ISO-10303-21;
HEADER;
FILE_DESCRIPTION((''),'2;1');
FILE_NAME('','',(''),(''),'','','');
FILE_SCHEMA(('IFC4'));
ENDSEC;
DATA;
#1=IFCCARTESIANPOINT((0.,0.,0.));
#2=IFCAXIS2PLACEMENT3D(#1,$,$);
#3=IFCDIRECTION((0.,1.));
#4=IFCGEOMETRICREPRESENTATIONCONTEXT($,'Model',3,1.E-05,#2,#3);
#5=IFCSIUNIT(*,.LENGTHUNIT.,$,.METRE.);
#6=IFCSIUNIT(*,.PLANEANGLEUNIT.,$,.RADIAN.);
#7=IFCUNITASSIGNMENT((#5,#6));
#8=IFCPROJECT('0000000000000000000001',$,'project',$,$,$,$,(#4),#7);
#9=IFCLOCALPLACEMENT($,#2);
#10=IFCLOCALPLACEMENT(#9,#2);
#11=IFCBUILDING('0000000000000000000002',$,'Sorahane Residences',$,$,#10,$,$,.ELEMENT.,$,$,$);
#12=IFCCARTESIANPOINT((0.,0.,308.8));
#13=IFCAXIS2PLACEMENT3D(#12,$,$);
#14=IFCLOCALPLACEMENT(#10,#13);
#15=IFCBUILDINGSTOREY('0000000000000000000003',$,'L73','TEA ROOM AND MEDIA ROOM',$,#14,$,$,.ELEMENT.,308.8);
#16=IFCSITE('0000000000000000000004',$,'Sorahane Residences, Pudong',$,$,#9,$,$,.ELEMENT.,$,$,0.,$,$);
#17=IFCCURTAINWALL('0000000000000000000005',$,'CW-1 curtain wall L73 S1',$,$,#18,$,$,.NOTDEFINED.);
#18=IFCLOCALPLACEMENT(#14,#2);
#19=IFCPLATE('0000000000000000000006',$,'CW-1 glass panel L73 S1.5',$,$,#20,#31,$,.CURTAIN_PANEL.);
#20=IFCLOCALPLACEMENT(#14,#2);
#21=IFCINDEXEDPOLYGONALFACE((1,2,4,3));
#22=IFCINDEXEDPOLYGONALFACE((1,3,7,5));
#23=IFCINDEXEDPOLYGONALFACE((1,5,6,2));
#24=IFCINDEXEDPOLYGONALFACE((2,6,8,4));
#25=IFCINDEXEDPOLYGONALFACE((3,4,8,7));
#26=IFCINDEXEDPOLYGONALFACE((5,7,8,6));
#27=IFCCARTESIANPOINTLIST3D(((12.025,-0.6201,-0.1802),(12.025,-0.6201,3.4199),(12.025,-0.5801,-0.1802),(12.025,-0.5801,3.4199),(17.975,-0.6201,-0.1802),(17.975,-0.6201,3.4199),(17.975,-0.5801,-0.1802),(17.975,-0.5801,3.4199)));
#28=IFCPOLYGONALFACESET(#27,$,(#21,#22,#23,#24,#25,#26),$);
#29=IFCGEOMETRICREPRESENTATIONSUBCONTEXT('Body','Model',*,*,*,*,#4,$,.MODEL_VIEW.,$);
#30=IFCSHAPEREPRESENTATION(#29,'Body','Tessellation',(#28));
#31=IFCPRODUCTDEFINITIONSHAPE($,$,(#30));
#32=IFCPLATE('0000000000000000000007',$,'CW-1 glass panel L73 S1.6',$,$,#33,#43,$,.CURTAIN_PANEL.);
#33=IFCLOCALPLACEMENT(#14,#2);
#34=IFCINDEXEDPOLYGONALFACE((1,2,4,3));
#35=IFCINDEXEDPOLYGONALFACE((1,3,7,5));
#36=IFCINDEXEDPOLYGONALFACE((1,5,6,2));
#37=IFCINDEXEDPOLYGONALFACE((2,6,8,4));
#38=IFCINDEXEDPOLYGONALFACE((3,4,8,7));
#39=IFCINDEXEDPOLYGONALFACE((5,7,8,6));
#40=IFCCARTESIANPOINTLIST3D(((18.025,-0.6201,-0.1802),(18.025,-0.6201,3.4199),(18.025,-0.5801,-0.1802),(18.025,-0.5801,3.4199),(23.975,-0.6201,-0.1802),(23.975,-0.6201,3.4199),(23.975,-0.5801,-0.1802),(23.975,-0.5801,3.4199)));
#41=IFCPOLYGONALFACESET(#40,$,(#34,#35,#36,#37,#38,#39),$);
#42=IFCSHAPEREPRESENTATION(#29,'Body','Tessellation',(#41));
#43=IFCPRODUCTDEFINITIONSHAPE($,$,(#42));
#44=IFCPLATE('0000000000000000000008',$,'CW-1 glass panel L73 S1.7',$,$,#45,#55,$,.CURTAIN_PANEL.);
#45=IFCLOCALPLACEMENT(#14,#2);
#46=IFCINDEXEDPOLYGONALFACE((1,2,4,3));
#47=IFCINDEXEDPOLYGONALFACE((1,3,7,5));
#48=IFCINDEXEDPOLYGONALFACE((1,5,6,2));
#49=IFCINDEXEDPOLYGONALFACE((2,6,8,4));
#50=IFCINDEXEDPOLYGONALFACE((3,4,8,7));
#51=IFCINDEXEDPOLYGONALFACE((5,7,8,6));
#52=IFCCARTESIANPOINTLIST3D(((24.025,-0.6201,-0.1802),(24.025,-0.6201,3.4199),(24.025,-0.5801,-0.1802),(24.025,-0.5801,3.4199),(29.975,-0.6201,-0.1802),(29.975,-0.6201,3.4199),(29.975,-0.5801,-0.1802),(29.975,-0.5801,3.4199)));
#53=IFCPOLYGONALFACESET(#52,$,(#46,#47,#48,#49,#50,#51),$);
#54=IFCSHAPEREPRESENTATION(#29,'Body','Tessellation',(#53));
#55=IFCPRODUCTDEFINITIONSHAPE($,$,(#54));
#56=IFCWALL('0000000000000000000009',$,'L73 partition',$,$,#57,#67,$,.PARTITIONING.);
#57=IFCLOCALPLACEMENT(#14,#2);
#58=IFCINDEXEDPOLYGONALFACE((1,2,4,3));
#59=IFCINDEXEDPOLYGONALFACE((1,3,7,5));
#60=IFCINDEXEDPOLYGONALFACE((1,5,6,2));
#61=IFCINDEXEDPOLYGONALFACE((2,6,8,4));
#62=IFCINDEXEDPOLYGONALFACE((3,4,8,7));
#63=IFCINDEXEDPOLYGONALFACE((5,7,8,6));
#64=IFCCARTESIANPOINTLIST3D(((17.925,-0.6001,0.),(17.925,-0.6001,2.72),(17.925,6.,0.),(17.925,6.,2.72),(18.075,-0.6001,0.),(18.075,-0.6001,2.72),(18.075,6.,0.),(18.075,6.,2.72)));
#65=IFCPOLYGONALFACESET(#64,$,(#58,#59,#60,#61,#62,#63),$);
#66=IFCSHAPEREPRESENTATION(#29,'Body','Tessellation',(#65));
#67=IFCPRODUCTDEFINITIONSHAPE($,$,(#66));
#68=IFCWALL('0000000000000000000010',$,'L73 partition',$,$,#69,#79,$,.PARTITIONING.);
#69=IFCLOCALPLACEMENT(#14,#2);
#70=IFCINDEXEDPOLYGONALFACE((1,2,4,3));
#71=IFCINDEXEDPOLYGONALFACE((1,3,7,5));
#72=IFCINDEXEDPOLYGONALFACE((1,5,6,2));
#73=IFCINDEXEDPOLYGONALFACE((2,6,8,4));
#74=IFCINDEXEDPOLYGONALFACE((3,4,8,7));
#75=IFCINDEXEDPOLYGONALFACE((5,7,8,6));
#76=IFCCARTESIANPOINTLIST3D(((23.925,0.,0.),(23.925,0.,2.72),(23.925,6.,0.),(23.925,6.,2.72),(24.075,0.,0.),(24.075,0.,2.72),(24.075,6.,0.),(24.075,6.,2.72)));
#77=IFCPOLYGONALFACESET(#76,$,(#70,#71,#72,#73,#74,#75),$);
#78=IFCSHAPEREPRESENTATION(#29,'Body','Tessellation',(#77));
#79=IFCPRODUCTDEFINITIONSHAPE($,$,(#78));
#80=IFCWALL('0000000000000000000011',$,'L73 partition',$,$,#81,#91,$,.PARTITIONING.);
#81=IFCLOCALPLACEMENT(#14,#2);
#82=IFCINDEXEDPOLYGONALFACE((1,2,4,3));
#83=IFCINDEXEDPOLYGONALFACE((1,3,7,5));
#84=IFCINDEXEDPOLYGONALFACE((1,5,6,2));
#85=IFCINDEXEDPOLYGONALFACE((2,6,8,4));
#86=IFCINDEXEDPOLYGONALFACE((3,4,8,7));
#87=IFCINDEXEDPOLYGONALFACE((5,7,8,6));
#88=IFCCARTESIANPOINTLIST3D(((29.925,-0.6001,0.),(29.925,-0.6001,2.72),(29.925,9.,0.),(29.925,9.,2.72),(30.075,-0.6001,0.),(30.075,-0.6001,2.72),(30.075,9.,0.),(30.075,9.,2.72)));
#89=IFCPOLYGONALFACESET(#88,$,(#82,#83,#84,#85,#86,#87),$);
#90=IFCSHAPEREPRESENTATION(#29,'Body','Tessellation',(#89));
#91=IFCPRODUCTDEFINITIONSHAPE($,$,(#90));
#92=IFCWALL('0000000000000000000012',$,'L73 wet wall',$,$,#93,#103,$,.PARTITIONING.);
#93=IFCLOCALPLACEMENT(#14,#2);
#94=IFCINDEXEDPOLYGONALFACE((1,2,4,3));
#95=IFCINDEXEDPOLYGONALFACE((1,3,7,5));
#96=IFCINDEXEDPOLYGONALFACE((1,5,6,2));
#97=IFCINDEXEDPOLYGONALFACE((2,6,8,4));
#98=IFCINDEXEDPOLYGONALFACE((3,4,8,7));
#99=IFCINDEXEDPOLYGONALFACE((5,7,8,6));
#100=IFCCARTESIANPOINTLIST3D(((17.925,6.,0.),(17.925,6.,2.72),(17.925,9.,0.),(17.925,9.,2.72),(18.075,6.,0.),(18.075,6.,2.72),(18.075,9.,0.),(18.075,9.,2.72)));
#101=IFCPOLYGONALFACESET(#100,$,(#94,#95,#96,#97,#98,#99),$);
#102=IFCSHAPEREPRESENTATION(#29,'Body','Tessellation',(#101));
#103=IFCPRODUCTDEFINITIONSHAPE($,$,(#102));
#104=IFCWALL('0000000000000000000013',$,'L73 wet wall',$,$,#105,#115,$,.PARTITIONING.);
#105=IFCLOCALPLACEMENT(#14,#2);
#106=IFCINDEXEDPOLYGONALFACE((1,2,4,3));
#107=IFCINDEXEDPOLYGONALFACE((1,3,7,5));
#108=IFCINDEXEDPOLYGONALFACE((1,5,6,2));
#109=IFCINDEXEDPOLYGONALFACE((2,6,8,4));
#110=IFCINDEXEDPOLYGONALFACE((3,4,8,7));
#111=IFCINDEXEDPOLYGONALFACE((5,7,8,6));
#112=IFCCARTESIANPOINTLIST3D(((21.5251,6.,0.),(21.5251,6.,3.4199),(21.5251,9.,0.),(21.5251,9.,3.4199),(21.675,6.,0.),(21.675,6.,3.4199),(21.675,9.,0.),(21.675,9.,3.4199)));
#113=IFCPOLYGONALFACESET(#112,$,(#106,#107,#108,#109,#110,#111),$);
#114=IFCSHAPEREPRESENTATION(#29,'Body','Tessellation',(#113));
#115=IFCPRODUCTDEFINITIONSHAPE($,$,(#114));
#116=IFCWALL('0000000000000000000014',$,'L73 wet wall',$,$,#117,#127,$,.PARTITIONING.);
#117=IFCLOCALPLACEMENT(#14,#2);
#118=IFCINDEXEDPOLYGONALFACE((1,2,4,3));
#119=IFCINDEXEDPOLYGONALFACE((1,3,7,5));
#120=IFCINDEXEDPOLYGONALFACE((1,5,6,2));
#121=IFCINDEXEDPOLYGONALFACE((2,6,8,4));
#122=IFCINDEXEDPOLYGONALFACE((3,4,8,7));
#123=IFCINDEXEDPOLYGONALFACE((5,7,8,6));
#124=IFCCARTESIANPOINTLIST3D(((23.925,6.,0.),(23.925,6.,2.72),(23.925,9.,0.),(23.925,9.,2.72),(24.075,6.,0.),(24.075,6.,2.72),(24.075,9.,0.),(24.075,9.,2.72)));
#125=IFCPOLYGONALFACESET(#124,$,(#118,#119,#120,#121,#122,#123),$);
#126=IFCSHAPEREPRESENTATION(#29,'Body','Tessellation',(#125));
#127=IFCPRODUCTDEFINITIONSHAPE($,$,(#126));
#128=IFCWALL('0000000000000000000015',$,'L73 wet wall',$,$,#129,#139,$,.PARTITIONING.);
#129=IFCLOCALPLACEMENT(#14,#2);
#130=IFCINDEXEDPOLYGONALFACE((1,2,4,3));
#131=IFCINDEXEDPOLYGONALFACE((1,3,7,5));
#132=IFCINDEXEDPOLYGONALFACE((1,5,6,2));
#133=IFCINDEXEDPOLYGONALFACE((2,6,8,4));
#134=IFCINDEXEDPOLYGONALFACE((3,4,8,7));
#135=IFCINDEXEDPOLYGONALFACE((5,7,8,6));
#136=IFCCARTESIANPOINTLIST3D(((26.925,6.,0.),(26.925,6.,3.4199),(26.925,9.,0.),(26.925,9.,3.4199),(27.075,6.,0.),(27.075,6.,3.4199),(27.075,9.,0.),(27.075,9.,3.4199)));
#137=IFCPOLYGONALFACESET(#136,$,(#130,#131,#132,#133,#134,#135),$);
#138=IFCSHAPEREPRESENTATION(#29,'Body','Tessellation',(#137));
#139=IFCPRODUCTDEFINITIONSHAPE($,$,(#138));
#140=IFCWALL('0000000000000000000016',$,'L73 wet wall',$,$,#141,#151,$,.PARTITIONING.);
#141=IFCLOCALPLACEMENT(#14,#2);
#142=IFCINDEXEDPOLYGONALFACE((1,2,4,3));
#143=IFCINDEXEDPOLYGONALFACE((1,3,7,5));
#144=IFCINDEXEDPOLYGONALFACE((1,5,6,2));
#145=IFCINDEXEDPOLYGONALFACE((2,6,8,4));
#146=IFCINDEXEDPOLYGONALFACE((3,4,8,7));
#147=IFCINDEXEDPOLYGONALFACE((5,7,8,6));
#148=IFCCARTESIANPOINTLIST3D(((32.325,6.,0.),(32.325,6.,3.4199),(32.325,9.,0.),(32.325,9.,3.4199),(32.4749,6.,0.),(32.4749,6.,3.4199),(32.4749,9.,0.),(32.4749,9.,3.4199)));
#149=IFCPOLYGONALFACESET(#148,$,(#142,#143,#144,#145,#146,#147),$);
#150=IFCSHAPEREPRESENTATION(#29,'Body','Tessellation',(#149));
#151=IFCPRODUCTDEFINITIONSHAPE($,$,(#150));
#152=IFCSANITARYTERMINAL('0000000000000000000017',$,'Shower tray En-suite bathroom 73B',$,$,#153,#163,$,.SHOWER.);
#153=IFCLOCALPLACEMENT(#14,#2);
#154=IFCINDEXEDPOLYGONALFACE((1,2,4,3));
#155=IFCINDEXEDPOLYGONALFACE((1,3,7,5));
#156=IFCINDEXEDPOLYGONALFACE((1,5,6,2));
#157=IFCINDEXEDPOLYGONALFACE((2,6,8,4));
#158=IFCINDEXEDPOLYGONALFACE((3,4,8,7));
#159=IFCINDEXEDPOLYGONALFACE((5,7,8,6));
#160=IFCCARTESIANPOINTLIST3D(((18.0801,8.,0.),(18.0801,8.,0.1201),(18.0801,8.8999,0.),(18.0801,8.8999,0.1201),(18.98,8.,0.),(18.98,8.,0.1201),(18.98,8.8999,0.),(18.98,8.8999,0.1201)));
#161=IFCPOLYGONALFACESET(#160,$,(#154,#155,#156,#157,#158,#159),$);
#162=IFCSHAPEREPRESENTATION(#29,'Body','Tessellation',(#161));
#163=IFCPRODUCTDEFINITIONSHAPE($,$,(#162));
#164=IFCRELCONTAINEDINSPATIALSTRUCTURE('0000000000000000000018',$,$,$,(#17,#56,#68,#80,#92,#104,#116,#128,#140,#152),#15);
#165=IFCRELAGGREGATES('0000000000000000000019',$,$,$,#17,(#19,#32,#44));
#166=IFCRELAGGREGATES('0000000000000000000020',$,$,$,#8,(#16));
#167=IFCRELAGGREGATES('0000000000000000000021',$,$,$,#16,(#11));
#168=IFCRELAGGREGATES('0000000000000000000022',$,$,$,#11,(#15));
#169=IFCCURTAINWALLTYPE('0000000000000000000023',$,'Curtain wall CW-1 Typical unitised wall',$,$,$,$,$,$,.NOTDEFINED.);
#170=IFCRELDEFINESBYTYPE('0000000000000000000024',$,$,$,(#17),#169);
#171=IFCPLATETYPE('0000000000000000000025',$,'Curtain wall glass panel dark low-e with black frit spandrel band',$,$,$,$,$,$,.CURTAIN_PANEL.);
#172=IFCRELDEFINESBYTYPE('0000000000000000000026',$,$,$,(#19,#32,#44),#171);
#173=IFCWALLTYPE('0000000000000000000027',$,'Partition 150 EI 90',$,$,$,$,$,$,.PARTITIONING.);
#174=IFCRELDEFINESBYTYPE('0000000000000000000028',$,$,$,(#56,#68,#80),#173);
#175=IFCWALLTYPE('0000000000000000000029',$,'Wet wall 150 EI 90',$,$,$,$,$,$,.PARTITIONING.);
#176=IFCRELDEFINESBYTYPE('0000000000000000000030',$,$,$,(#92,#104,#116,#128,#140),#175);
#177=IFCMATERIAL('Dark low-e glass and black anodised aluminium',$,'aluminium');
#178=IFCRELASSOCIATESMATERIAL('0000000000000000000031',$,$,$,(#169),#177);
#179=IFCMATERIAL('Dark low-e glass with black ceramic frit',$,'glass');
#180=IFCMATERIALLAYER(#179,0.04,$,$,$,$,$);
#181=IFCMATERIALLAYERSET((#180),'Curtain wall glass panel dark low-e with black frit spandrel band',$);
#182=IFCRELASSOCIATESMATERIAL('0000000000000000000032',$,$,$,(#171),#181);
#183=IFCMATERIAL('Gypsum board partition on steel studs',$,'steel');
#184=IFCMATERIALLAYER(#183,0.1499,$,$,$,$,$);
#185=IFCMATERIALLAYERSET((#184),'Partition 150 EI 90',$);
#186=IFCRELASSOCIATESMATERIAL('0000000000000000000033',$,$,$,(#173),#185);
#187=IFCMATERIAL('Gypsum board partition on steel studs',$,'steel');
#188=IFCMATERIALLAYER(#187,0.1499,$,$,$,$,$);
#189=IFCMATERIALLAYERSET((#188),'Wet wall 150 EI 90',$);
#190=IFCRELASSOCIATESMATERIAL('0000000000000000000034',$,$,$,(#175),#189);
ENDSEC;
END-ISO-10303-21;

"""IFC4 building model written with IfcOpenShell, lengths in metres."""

from ifc_helpers import new_model, si_unit, direction, frame, frame_2d, origin, origin_2d, place, context, subcontext, project, spatial, rectangle, extrude, material, layer, layer_set, type_object, element, aggregate, save


model = new_model("IFC4")

# Units and contexts
model_context = context("Model", 3, precision=1e-05, world=origin(), true_north=direction((0.0, 1.0)))
body_context = subcontext(model_context, "Body", "Model", "MODEL_VIEW")
ifc_project = project(units=[si_unit("LENGTHUNIT", "METRE"), si_unit("PLANEANGLEUNIT", "RADIAN")], contexts=[model_context])

# Site, building, storey
site_placement = place(None, origin())
site = spatial("IfcSite", under=ifc_project, at=site_placement, Name="Sorahane Residences, Pudong", CompositionType="ELEMENT", RefElevation=0.0)
building_placement = place(site_placement, origin())
building = spatial("IfcBuilding", under=site, at=building_placement, Name="Sorahane Residences", CompositionType="ELEMENT")
storey_placement = place(building_placement, frame((0.0, 0.0, 308.8)))
storey = spatial("IfcBuildingStorey", under=building, at=storey_placement, Name="L73", Description="TEA ROOM AND MEDIA ROOM", CompositionType="ELEMENT", Elevation=308.8)

# Curtain wall
ifc_material_1 = material(Name="Dark low-e glass and black anodised aluminium", Category="aluminium")
curtain_wall_type = type_object("IfcCurtainWallType", Name="Curtain wall CW-1 Typical unitised wall", PredefinedType="NOTDEFINED", material=ifc_material_1)
curtain_wall_placement = place(storey_placement, origin())
curtain_wall = element("IfcCurtainWall", 1, at=curtain_wall_placement, inside=storey, type_object=curtain_wall_type, Name="CW-1 curtain wall L73 S1", PredefinedType="NOTDEFINED")

# Plates
ifc_material_2 = material(Name="Dark low-e glass with black ceramic frit", Category="glass")
ifc_layer_1 = layer(ifc_material_2, 0.04)
ifc_layer_set_1 = layer_set([ifc_layer_1], Name="Curtain wall glass panel dark low-e with black frit spandrel band")
plate_type = type_object("IfcPlateType", Name="Curtain wall glass panel dark low-e with black frit spandrel band", PredefinedType="CURTAIN_PANEL", material=ifc_layer_set_1)
plate_1_placement = place(storey_placement, frame((15.0, -0.6001, -0.1802), z_axis=(0.0, 0.0, 1.0), x_axis=(1.0, 0.0, 0.0)))
plate_1 = element("IfcPlate", 2, at=plate_1_placement, type_object=plate_type, Name="CW-1 glass panel L73 S1.5", PredefinedType="CURTAIN_PANEL", context=body_context, shape_type="SweptSolid", body=[
    extrude(rectangle(XDim=5.95, YDim=0.04, at=origin_2d()), origin(), (0.0, 0.0, 1.0), 3.6001),
])
plate_2_placement = place(storey_placement, frame((21.0, -0.6001, -0.1802), z_axis=(0.0, 0.0, 1.0), x_axis=(1.0, 0.0, 0.0)))
plate_2 = element("IfcPlate", 3, at=plate_2_placement, type_object=plate_type, Name="CW-1 glass panel L73 S1.6", PredefinedType="CURTAIN_PANEL", context=body_context, shape_type="SweptSolid", body=[
    extrude(rectangle(XDim=5.95, YDim=0.04, at=origin_2d()), origin(), (0.0, 0.0, 1.0), 3.6001),
])
plate_3_placement = place(storey_placement, frame((27.0, -0.6001, -0.1802), z_axis=(0.0, 0.0, 1.0), x_axis=(1.0, 0.0, 0.0)))
plate_3 = element("IfcPlate", 4, at=plate_3_placement, type_object=plate_type, Name="CW-1 glass panel L73 S1.7", PredefinedType="CURTAIN_PANEL", context=body_context, shape_type="SweptSolid", body=[
    extrude(rectangle(XDim=5.95, YDim=0.04, at=origin_2d()), origin(), (0.0, 0.0, 1.0), 3.6001),
])
aggregate(curtain_wall, [plate_1, plate_2, plate_3])

# Walls
ifc_material_3 = material(Name="Gypsum board partition on steel studs", Category="steel")
ifc_layer_2 = layer(ifc_material_3, 0.1499)
ifc_layer_set_2 = layer_set([ifc_layer_2], Name="Partition 150 EI 90")
wall_type_1 = type_object("IfcWallType", Name="Partition 150 EI 90", PredefinedType="PARTITIONING", material=ifc_layer_set_2)
wall_1_placement = place(storey_placement, frame((18.0, -0.6001, 0.0), z_axis=(0.0, 0.0, 1.0), x_axis=(0.0, 1.0, 0.0)))
element("IfcWall", 5, at=wall_1_placement, inside=storey, type_object=wall_type_1, Name="L73 partition", PredefinedType="PARTITIONING", context=body_context, shape_type="SweptSolid", body=[
    extrude(rectangle(XDim=6.6001, YDim=0.1499, at=frame_2d((3.3, 0.0))), origin(), (0.0, 0.0, 1.0), 2.72),
])
wall_2_placement = place(storey_placement, frame((24.0, 0.0, 0.0), z_axis=(0.0, 0.0, 1.0), x_axis=(0.0, 1.0, 0.0)))
element("IfcWall", 6, at=wall_2_placement, inside=storey, type_object=wall_type_1, Name="L73 partition", PredefinedType="PARTITIONING", context=body_context, shape_type="SweptSolid", body=[
    extrude(rectangle(XDim=6.0, YDim=0.1499, at=frame_2d((3.0, 0.0))), origin(), (0.0, 0.0, 1.0), 2.72),
])
wall_3_placement = place(storey_placement, frame((30.0, -0.6001, 0.0), z_axis=(0.0, 0.0, 1.0), x_axis=(0.0, 1.0, 0.0)))
element("IfcWall", 7, at=wall_3_placement, inside=storey, type_object=wall_type_1, Name="L73 partition", PredefinedType="PARTITIONING", context=body_context, shape_type="SweptSolid", body=[
    extrude(rectangle(XDim=9.6001, YDim=0.1499, at=frame_2d((4.8, 0.0))), origin(), (0.0, 0.0, 1.0), 2.72),
])

# Walls
ifc_material_4 = material(Name="Gypsum board partition on steel studs", Category="steel")
ifc_layer_3 = layer(ifc_material_4, 0.1499)
ifc_layer_set_3 = layer_set([ifc_layer_3], Name="Wet wall 150 EI 90")
wall_type_2 = type_object("IfcWallType", Name="Wet wall 150 EI 90", PredefinedType="PARTITIONING", material=ifc_layer_set_3)
wall_4_placement = place(storey_placement, frame((18.0, 6.0, 0.0), z_axis=(0.0, 0.0, 1.0), x_axis=(0.0, 1.0, 0.0)))
element("IfcWall", 8, at=wall_4_placement, inside=storey, type_object=wall_type_2, Name="L73 wet wall", PredefinedType="PARTITIONING", context=body_context, shape_type="SweptSolid", body=[
    extrude(rectangle(XDim=3.0, YDim=0.1499, at=frame_2d((1.5, 0.0))), origin(), (0.0, 0.0, 1.0), 2.72),
])
wall_5_placement = place(storey_placement, frame((21.6001, 6.0, 0.0), z_axis=(0.0, 0.0, 1.0), x_axis=(0.0, 1.0, 0.0)))
element("IfcWall", 9, at=wall_5_placement, inside=storey, type_object=wall_type_2, Name="L73 wet wall", PredefinedType="PARTITIONING", context=body_context, shape_type="SweptSolid", body=[
    extrude(rectangle(XDim=3.0, YDim=0.1499, at=frame_2d((1.5, 0.0))), origin(), (0.0, 0.0, 1.0), 3.4199),
])
wall_6_placement = place(storey_placement, frame((24.0, 6.0, 0.0), z_axis=(0.0, 0.0, 1.0), x_axis=(0.0, 1.0, 0.0)))
element("IfcWall", 10, at=wall_6_placement, inside=storey, type_object=wall_type_2, Name="L73 wet wall", PredefinedType="PARTITIONING", context=body_context, shape_type="SweptSolid", body=[
    extrude(rectangle(XDim=3.0, YDim=0.1499, at=frame_2d((1.5, 0.0))), origin(), (0.0, 0.0, 1.0), 2.72),
])
for number, where, z_axis, x_axis, name in (
    (11, (27.0, 6.0, 0.0), (0.0, 0.0, 1.0), (0.0, 1.0, 0.0), "L73 wet wall"),
    (12, (32.3999, 6.0, 0.0), (0.0, 0.0, 1.0), (0.0, 1.0, 0.0), "L73 wet wall"),
):
    element("IfcWall", number, at=place(storey_placement, frame(where, z_axis=z_axis, x_axis=x_axis)), inside=storey, type_object=wall_type_2, Name=name, PredefinedType="PARTITIONING", context=body_context, shape_type="SweptSolid", body=[
        extrude(rectangle(XDim=3.0, YDim=0.1499, at=frame_2d((1.5, 0.0))), origin(), (0.0, 0.0, 1.0), 3.4199),
    ])

# Sanitary terminal
sanitary_terminal_placement = place(storey_placement, frame((18.53, 8.45, 0.0), z_axis=(0.0, 0.0, 1.0), x_axis=(1.0, 0.0, 0.0)))
element("IfcSanitaryTerminal", 13, at=sanitary_terminal_placement, inside=storey, Name="Shower tray En-suite bathroom 73B", PredefinedType="SHOWER", context=body_context, shape_type="SweptSolid", body=[
    extrude(rectangle(XDim=0.8999, YDim=0.8999, at=origin_2d()), origin(), (0.0, 0.0, 1.0), 0.1201),
])

save(model, "model.ifc")
